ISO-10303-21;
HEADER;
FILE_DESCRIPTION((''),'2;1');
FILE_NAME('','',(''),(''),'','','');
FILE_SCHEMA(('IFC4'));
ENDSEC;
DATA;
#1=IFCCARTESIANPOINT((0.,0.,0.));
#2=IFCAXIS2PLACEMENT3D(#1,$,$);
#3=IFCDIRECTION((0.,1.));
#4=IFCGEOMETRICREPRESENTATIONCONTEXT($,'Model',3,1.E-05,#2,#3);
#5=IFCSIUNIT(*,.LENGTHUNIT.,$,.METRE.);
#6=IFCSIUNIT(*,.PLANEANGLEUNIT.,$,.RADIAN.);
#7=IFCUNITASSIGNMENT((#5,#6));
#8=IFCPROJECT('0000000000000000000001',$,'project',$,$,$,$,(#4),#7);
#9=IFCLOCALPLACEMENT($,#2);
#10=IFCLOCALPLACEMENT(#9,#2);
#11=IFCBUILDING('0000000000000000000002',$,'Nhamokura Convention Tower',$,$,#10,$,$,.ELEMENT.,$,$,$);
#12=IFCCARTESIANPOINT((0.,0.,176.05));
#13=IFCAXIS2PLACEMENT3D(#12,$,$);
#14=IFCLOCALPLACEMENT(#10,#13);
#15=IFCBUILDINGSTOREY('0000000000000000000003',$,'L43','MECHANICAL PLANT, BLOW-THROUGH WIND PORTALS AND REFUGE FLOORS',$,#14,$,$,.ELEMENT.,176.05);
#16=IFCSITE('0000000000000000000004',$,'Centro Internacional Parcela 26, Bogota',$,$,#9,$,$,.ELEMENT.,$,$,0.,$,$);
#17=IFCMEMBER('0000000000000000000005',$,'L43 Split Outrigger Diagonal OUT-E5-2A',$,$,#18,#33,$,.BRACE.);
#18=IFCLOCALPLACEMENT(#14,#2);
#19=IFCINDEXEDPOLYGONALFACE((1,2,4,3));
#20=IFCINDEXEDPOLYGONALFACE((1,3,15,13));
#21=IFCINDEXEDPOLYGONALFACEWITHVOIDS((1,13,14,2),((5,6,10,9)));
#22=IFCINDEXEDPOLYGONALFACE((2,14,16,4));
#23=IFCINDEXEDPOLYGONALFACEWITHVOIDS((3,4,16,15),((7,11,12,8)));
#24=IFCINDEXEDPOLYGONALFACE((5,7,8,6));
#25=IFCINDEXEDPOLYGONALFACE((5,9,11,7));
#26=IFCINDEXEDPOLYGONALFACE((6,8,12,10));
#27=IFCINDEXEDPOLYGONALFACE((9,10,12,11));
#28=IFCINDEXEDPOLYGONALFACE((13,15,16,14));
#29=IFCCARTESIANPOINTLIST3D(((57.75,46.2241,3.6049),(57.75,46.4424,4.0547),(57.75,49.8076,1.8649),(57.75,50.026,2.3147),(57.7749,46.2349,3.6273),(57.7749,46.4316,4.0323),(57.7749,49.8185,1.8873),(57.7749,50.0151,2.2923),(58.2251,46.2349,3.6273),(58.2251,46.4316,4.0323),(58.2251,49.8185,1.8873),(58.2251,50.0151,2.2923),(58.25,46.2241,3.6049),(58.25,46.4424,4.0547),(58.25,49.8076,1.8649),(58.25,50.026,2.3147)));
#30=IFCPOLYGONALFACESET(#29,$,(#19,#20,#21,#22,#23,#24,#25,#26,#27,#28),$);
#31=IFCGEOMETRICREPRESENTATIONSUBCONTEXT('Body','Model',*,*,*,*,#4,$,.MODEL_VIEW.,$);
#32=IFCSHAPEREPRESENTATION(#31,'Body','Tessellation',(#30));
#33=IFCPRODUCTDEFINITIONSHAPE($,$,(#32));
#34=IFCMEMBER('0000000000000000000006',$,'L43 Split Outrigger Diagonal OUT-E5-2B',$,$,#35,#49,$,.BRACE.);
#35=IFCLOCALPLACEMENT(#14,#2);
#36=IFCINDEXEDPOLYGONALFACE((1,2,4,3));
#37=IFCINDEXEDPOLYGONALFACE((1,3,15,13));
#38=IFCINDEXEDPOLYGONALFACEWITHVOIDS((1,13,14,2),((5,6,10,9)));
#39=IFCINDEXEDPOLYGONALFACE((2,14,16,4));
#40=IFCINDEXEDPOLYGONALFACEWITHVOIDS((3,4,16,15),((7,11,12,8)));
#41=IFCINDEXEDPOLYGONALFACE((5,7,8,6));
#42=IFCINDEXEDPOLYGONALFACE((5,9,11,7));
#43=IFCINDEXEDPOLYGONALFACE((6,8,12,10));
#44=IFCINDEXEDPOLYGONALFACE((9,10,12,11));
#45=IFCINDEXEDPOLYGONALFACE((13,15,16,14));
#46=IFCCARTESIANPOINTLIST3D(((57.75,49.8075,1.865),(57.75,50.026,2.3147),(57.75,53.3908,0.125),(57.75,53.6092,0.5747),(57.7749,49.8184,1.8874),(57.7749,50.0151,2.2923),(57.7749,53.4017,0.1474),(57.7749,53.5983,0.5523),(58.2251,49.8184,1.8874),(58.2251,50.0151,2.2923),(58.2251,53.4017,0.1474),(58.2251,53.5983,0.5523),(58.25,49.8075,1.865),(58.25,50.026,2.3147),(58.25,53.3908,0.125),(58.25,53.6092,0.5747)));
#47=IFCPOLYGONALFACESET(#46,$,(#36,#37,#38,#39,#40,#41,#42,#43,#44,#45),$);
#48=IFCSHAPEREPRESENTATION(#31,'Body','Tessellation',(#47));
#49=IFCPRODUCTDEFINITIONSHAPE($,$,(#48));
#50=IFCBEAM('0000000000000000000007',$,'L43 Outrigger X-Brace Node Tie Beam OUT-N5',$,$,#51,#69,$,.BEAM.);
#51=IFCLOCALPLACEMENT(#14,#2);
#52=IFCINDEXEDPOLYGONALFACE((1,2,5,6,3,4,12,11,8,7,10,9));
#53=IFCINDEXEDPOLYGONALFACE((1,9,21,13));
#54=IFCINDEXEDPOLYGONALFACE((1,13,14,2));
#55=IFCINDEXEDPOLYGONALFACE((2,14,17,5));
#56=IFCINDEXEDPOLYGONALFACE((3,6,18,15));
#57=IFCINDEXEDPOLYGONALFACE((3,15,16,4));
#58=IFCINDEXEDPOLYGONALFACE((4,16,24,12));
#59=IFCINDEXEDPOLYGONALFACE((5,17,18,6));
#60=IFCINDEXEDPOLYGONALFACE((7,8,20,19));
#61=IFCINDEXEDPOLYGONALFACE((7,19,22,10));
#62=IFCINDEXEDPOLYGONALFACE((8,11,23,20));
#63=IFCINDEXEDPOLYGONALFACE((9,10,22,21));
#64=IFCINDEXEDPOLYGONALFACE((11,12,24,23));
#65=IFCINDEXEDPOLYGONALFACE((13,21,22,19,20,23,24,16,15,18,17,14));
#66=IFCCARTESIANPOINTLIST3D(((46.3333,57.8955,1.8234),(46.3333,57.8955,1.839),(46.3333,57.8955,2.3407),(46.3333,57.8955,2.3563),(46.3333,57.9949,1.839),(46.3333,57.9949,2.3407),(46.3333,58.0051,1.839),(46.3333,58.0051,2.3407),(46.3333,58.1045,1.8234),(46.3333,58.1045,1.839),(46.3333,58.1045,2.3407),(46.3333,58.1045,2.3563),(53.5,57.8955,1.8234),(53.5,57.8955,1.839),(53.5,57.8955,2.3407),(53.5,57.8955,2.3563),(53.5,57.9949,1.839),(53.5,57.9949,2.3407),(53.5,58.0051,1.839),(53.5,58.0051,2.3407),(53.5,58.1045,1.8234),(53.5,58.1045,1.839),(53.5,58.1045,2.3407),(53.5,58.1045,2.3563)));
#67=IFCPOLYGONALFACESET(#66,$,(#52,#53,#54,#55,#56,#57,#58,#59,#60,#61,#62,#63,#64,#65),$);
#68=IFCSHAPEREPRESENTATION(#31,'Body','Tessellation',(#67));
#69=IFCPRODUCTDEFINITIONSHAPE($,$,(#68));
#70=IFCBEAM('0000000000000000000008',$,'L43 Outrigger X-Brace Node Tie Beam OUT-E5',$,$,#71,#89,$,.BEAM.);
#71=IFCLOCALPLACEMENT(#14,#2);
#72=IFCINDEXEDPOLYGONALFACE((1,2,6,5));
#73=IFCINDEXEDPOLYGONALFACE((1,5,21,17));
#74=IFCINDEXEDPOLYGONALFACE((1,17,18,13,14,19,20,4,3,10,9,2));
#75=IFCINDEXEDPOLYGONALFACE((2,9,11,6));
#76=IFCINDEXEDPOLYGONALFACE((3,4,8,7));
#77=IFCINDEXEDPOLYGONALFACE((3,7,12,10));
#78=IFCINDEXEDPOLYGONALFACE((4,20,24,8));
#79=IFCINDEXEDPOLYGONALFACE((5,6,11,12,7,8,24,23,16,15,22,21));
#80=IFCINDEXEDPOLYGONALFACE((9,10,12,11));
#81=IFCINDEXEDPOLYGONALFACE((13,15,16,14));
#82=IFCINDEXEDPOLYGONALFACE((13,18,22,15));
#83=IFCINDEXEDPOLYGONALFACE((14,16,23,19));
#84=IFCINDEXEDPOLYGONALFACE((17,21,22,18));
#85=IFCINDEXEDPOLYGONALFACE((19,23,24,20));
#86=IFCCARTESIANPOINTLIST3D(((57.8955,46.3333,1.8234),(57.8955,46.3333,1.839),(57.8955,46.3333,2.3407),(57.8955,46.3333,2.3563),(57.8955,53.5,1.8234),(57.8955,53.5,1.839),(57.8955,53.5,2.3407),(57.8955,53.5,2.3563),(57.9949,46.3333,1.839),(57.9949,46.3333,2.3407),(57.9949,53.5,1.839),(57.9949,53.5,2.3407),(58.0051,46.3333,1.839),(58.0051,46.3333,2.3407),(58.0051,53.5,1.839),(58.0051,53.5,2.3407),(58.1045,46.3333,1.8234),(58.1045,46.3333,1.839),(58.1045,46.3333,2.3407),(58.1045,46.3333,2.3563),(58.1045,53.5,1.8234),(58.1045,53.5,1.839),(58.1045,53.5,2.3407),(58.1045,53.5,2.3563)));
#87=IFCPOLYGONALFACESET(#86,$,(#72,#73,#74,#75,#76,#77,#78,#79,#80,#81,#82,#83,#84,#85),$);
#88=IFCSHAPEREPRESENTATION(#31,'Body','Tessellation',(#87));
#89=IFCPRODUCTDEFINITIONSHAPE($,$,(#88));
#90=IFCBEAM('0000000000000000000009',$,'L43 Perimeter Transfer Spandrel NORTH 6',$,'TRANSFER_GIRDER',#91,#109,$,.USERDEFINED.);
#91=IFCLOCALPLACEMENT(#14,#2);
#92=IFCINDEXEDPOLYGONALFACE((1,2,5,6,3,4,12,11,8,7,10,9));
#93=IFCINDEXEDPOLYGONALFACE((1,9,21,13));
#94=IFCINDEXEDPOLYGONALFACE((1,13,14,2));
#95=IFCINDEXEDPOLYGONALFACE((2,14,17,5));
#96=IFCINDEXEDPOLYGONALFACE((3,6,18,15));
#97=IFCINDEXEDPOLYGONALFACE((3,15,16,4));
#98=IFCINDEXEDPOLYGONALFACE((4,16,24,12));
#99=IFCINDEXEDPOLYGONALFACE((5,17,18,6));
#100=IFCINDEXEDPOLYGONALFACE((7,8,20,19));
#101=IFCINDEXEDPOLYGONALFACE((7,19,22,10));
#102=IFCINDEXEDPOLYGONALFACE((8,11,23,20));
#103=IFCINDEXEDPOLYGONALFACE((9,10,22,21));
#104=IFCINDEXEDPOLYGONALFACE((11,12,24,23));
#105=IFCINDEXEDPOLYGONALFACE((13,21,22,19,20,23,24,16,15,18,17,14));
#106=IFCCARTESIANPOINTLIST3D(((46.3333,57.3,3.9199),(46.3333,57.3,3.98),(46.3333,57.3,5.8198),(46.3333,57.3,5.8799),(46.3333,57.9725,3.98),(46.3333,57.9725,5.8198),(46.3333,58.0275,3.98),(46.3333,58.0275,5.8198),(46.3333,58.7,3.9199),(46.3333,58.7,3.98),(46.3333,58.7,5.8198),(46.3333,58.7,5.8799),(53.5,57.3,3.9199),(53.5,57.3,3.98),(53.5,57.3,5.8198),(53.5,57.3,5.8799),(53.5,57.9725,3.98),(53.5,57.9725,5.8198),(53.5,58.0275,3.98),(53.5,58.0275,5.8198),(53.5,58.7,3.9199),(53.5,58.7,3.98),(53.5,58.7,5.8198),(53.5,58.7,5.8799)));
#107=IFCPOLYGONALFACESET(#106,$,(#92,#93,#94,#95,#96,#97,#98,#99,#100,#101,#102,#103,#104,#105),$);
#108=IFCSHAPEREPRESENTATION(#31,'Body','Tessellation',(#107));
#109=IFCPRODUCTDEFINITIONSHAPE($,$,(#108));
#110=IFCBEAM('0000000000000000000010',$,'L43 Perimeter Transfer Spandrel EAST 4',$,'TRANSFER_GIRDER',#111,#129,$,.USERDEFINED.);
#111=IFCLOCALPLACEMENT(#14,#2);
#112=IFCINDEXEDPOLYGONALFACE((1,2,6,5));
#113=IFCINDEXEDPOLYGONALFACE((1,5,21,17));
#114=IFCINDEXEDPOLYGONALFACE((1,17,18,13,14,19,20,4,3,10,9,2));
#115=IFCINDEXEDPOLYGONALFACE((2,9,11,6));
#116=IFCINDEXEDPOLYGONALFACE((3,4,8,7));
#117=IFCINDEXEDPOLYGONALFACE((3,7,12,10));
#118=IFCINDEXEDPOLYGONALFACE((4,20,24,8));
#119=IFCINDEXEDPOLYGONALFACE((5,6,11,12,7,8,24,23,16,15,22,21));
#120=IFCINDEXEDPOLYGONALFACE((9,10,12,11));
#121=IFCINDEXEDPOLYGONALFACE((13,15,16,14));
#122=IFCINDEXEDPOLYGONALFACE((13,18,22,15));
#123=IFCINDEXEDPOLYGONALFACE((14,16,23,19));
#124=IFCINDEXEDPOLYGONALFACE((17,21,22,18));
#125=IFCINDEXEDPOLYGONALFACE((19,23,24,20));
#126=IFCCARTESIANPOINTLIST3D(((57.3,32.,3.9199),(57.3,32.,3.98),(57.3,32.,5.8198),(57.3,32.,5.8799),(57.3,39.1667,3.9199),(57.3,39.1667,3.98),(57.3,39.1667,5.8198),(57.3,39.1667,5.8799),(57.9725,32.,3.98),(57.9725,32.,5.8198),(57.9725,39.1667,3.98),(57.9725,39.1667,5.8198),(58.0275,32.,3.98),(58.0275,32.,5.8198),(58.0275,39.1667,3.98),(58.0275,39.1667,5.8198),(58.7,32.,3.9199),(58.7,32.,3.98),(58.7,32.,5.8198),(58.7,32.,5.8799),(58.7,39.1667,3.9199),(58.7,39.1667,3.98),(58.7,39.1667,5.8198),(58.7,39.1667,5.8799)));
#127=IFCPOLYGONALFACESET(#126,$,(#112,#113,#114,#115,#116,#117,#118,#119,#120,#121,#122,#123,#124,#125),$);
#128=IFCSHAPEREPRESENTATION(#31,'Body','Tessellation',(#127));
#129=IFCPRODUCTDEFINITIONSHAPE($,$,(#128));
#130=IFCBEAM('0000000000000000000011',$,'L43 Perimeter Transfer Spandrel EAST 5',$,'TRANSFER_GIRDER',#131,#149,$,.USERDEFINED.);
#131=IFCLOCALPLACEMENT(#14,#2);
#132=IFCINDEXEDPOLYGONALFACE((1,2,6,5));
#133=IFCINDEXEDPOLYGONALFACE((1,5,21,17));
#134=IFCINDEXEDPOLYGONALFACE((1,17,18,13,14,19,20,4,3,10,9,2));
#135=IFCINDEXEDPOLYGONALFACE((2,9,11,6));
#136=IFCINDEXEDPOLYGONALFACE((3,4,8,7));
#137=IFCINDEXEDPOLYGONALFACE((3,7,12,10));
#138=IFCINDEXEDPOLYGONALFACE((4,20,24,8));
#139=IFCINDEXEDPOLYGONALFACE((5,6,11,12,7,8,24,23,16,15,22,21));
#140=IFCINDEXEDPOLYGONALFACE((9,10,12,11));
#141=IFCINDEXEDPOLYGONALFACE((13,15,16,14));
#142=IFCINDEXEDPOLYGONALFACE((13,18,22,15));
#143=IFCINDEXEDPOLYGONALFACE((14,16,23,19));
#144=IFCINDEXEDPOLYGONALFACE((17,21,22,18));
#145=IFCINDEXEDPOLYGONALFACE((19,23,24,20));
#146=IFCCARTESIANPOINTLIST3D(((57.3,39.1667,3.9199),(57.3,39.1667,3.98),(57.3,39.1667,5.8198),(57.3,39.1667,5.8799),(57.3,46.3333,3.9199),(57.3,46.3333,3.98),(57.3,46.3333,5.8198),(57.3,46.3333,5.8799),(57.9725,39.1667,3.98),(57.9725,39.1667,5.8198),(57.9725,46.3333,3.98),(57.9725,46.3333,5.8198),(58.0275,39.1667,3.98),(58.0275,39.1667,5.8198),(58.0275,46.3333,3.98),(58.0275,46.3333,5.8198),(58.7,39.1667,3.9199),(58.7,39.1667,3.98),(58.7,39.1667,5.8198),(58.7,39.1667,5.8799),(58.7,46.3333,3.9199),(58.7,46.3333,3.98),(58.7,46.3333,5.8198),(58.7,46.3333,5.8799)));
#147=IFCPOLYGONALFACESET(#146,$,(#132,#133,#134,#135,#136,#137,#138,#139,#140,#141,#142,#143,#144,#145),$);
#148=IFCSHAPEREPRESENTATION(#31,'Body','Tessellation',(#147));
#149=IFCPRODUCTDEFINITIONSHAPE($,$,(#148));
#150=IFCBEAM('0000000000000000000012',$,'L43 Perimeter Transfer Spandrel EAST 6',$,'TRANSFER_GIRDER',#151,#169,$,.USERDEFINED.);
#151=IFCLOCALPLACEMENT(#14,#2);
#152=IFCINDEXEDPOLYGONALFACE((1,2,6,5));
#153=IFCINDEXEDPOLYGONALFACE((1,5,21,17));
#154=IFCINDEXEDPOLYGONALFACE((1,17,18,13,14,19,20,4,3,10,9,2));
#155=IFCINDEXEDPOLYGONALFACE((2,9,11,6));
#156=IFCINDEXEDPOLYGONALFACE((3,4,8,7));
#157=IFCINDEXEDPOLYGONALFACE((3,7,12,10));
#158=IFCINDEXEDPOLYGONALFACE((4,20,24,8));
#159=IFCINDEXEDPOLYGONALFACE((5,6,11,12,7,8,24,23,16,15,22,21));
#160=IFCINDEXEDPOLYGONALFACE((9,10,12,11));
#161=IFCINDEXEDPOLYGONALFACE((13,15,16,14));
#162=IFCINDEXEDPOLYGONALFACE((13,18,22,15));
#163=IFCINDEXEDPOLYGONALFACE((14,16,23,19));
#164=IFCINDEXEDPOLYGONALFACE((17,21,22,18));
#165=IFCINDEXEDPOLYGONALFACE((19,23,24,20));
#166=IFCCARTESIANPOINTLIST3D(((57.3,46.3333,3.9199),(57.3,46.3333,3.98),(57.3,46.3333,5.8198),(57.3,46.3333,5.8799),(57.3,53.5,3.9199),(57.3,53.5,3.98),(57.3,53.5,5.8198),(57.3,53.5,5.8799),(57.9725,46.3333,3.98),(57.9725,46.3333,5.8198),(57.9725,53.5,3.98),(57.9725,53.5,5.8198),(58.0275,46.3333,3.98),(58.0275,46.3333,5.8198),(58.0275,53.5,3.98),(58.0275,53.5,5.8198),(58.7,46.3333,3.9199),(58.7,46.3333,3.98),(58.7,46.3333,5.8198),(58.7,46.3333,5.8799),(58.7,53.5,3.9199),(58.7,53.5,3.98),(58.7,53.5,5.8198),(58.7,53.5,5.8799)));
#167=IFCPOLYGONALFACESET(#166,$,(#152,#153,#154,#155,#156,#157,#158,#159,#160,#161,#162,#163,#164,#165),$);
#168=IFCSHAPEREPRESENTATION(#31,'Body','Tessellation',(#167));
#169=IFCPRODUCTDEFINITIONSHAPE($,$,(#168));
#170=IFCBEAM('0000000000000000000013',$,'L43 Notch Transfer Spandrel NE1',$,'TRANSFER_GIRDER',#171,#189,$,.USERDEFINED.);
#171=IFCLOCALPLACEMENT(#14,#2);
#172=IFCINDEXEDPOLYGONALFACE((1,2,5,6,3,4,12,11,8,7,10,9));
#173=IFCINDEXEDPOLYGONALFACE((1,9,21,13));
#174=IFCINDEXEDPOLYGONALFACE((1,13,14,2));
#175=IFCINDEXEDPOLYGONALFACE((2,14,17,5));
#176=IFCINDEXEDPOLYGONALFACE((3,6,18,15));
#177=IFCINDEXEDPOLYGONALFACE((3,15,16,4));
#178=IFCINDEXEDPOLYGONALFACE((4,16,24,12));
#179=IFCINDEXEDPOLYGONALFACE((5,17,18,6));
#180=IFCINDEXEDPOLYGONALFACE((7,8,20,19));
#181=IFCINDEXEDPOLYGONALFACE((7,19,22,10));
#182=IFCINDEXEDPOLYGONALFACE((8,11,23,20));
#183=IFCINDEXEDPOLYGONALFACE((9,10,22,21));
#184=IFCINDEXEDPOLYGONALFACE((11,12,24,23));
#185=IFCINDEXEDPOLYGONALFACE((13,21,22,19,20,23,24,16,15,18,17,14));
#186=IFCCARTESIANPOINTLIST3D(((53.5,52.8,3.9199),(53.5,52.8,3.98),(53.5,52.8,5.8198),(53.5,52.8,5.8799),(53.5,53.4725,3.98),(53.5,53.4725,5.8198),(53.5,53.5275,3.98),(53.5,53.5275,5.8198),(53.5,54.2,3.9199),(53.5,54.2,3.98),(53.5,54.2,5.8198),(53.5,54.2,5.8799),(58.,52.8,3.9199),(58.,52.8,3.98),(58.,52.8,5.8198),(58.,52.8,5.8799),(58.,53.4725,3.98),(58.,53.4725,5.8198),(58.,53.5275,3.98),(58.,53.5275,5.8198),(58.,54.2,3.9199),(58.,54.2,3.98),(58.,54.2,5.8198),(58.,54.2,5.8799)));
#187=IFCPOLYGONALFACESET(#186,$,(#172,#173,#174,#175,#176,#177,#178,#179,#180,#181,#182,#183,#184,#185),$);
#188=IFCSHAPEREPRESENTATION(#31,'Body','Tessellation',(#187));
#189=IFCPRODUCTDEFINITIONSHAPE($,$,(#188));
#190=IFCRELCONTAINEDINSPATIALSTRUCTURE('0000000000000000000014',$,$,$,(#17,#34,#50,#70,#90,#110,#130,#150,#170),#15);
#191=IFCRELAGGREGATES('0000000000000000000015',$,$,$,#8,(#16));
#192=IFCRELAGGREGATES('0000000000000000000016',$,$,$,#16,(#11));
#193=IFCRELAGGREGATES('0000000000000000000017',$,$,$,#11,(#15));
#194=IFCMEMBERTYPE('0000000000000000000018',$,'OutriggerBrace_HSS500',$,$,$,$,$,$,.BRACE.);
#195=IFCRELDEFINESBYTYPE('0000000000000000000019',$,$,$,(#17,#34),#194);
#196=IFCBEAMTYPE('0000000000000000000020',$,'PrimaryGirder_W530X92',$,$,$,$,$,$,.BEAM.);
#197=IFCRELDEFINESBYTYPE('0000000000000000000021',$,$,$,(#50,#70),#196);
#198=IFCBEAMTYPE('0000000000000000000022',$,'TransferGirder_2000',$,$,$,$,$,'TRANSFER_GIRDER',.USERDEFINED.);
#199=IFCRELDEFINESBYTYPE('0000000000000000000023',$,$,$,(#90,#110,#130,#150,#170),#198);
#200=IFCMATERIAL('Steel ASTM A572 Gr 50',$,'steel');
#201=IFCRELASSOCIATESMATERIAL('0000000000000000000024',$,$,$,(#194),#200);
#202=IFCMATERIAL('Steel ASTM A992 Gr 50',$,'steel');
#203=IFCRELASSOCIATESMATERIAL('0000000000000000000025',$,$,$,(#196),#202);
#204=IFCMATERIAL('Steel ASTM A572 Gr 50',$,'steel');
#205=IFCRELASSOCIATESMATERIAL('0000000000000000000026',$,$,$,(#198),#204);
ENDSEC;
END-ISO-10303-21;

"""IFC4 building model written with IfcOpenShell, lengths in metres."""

from ifc_helpers import new_model, si_unit, direction, frame, origin, origin_2d, place, context, subcontext, project, spatial, hollow_rectangle, i_section, extrude, material, material_profile, profile_set, type_object, element, save


model = new_model("IFC4")

# Units and contexts
model_context = context("Model", 3, precision=1e-05, world=origin(), true_north=direction((0.0, 1.0)))
body_context = subcontext(model_context, "Body", "Model", "MODEL_VIEW")
ifc_project = project(units=[si_unit("LENGTHUNIT", "METRE"), si_unit("PLANEANGLEUNIT", "RADIAN")], contexts=[model_context])

# Site, building, storey
site_placement = place(None, origin())
site = spatial("IfcSite", under=ifc_project, at=site_placement, Name="Centro Internacional Parcela 26, Bogota", CompositionType="ELEMENT", RefElevation=0.0)
building_placement = place(site_placement, origin())
building = spatial("IfcBuilding", under=site, at=building_placement, Name="Nhamokura Convention Tower", CompositionType="ELEMENT")
storey_placement = place(building_placement, frame((0.0, 0.0, 176.05)))
storey = spatial("IfcBuildingStorey", under=building, at=storey_placement, Name="L43", Description="MECHANICAL PLANT, BLOW-THROUGH WIND PORTALS AND REFUGE FLOORS", CompositionType="ELEMENT", Elevation=176.05)

# Members
ifc_material_1 = material(Name="Steel ASTM A572 Gr 50", Category="steel")
ifc_material_profile_1 = material_profile(ifc_material_1, hollow_rectangle(XDim=0.5, YDim=0.5, WallThickness=0.0249, at=origin_2d()))
ifc_profile_set_1 = profile_set([ifc_material_profile_1], Name="Steel ASTM A572 Gr 50")
member_type_1 = type_object("IfcMemberType", Name="OutriggerBrace_HSS500", PredefinedType="BRACE", material=ifc_profile_set_1)
member_1_placement = place(storey_placement, frame((58.0, 46.3333, 3.8298), z_axis=(0.0, 0.899564, -0.436789), x_axis=(-1.0, 0.0, 0.0)))
element("IfcMember", 1, at=member_1_placement, inside=storey, type_object=member_type_1, Name="L43 Split Outrigger Diagonal OUT-E5-2A", PredefinedType="BRACE", context=body_context, shape_type="SweptSolid", body=[
    extrude(hollow_rectangle(XDim=0.5, YDim=0.5, WallThickness=0.0249, at=origin_2d()), origin(), (0.0, 0.0, 1.0), 3.9836),
])
member_2_placement = place(storey_placement, frame((58.0, 49.9167, 2.0898), z_axis=(0.0, 0.899552, -0.436813), x_axis=(-1.0, 0.0, 0.0)))
element("IfcMember", 2, at=member_2_placement, inside=storey, type_object=member_type_1, Name="L43 Split Outrigger Diagonal OUT-E5-2B", PredefinedType="BRACE", context=body_context, shape_type="SweptSolid", body=[
    extrude(hollow_rectangle(XDim=0.5, YDim=0.5, WallThickness=0.0249, at=origin_2d()), origin(), (0.0, 0.0, 1.0), 3.9834),
])

# Beams
ifc_material_2 = material(Name="Steel ASTM A992 Gr 50", Category="steel")
ifc_material_profile_2 = material_profile(ifc_material_2, i_section(OverallWidth=0.209, OverallDepth=0.533, WebThickness=0.0103, FlangeThickness=0.0156, at=origin_2d()))
ifc_profile_set_2 = profile_set([ifc_material_profile_2], Name="Steel ASTM A992 Gr 50")
beam_type_1 = type_object("IfcBeamType", Name="PrimaryGirder_W530X92", PredefinedType="BEAM", material=ifc_profile_set_2)
for number, where, z_axis, x_axis, name in (
    (3, (46.3333, 58.0, 2.0898), (1.0, 0.0, 0.0), (0.0, 1.0, 0.0), "L43 Outrigger X-Brace Node Tie Beam OUT-N5"),
    (4, (58.0, 46.3333, 2.0898), (0.0, 1.0, 0.0), (-1.0, 0.0, 0.0), "L43 Outrigger X-Brace Node Tie Beam OUT-E5"),
):
    element("IfcBeam", number, at=place(storey_placement, frame(where, z_axis=z_axis, x_axis=x_axis)), inside=storey, type_object=beam_type_1, Name=name, PredefinedType="BEAM", context=body_context, shape_type="SweptSolid", body=[
        extrude(i_section(OverallWidth=0.209, OverallDepth=0.533, WebThickness=0.0103, FlangeThickness=0.0156, at=origin_2d()), origin(), (0.0, 0.0, 1.0), 7.1667),
    ])
ifc_material_3 = material(Name="Steel ASTM A572 Gr 50", Category="steel")
ifc_material_profile_3 = material_profile(ifc_material_3, i_section(OverallWidth=1.3999, OverallDepth=1.96, WebThickness=0.0549, FlangeThickness=0.0601, at=origin_2d()))
ifc_profile_set_3 = profile_set([ifc_material_profile_3], Name="Steel ASTM A572 Gr 50")
beam_type_2 = type_object("IfcBeamType", Name="TransferGirder_2000", ElementType="TRANSFER_GIRDER", PredefinedType="USERDEFINED", material=ifc_profile_set_3)
for number, where, z_axis, x_axis, name in (
    (5, (46.3333, 58.0, 4.8999), (1.0, 0.0, 0.0), (0.0, 1.0, 0.0), "L43 Perimeter Transfer Spandrel NORTH 6"),
    (6, (58.0, 32.0, 4.8999), (0.0, 1.0, 0.0), (-1.0, 0.0, 0.0), "L43 Perimeter Transfer Spandrel EAST 4"),
):
    element("IfcBeam", number, at=place(storey_placement, frame(where, z_axis=z_axis, x_axis=x_axis)), inside=storey, type_object=beam_type_2, Name=name, ObjectType="TRANSFER_GIRDER", PredefinedType="USERDEFINED", context=body_context, shape_type="SweptSolid", body=[
        extrude(i_section(OverallWidth=1.3999, OverallDepth=1.96, WebThickness=0.0549, FlangeThickness=0.0601, at=origin_2d()), origin(), (0.0, 0.0, 1.0), 7.1667),
    ])
beam_1_placement = place(storey_placement, frame((58.0, 39.1667, 4.8999), z_axis=(0.0, 1.0, 0.0), x_axis=(-1.0, 0.0, 0.0)))
element("IfcBeam", 7, at=beam_1_placement, inside=storey, type_object=beam_type_2, Name="L43 Perimeter Transfer Spandrel EAST 5", ObjectType="TRANSFER_GIRDER", PredefinedType="USERDEFINED", context=body_context, shape_type="SweptSolid", body=[
    extrude(i_section(OverallWidth=1.3999, OverallDepth=1.96, WebThickness=0.0549, FlangeThickness=0.0601, at=origin_2d()), origin(), (0.0, 0.0, 1.0), 7.1665),
])
beam_2_placement = place(storey_placement, frame((58.0, 46.3333, 4.8999), z_axis=(0.0, 1.0, 0.0), x_axis=(-1.0, 0.0, 0.0)))
element("IfcBeam", 8, at=beam_2_placement, inside=storey, type_object=beam_type_2, Name="L43 Perimeter Transfer Spandrel EAST 6", ObjectType="TRANSFER_GIRDER", PredefinedType="USERDEFINED", context=body_context, shape_type="SweptSolid", body=[
    extrude(i_section(OverallWidth=1.3999, OverallDepth=1.96, WebThickness=0.0549, FlangeThickness=0.0601, at=origin_2d()), origin(), (0.0, 0.0, 1.0), 7.1667),
])
for number, where, z_axis, x_axis, name in (
    (9, (58.0, 53.5, 4.8999), (-1.0, 0.0, 0.0), (0.0, -1.0, 0.0), "L43 Notch Transfer Spandrel NE1"),
):
    element("IfcBeam", number, at=place(storey_placement, frame(where, z_axis=z_axis, x_axis=x_axis)), inside=storey, type_object=beam_type_2, Name=name, ObjectType="TRANSFER_GIRDER", PredefinedType="USERDEFINED", context=body_context, shape_type="SweptSolid", body=[
        extrude(i_section(OverallWidth=1.3999, OverallDepth=1.96, WebThickness=0.0549, FlangeThickness=0.0601, at=origin_2d()), origin(), (0.0, 0.0, 1.0), 4.5),
    ])

save(model, "model.ifc")
